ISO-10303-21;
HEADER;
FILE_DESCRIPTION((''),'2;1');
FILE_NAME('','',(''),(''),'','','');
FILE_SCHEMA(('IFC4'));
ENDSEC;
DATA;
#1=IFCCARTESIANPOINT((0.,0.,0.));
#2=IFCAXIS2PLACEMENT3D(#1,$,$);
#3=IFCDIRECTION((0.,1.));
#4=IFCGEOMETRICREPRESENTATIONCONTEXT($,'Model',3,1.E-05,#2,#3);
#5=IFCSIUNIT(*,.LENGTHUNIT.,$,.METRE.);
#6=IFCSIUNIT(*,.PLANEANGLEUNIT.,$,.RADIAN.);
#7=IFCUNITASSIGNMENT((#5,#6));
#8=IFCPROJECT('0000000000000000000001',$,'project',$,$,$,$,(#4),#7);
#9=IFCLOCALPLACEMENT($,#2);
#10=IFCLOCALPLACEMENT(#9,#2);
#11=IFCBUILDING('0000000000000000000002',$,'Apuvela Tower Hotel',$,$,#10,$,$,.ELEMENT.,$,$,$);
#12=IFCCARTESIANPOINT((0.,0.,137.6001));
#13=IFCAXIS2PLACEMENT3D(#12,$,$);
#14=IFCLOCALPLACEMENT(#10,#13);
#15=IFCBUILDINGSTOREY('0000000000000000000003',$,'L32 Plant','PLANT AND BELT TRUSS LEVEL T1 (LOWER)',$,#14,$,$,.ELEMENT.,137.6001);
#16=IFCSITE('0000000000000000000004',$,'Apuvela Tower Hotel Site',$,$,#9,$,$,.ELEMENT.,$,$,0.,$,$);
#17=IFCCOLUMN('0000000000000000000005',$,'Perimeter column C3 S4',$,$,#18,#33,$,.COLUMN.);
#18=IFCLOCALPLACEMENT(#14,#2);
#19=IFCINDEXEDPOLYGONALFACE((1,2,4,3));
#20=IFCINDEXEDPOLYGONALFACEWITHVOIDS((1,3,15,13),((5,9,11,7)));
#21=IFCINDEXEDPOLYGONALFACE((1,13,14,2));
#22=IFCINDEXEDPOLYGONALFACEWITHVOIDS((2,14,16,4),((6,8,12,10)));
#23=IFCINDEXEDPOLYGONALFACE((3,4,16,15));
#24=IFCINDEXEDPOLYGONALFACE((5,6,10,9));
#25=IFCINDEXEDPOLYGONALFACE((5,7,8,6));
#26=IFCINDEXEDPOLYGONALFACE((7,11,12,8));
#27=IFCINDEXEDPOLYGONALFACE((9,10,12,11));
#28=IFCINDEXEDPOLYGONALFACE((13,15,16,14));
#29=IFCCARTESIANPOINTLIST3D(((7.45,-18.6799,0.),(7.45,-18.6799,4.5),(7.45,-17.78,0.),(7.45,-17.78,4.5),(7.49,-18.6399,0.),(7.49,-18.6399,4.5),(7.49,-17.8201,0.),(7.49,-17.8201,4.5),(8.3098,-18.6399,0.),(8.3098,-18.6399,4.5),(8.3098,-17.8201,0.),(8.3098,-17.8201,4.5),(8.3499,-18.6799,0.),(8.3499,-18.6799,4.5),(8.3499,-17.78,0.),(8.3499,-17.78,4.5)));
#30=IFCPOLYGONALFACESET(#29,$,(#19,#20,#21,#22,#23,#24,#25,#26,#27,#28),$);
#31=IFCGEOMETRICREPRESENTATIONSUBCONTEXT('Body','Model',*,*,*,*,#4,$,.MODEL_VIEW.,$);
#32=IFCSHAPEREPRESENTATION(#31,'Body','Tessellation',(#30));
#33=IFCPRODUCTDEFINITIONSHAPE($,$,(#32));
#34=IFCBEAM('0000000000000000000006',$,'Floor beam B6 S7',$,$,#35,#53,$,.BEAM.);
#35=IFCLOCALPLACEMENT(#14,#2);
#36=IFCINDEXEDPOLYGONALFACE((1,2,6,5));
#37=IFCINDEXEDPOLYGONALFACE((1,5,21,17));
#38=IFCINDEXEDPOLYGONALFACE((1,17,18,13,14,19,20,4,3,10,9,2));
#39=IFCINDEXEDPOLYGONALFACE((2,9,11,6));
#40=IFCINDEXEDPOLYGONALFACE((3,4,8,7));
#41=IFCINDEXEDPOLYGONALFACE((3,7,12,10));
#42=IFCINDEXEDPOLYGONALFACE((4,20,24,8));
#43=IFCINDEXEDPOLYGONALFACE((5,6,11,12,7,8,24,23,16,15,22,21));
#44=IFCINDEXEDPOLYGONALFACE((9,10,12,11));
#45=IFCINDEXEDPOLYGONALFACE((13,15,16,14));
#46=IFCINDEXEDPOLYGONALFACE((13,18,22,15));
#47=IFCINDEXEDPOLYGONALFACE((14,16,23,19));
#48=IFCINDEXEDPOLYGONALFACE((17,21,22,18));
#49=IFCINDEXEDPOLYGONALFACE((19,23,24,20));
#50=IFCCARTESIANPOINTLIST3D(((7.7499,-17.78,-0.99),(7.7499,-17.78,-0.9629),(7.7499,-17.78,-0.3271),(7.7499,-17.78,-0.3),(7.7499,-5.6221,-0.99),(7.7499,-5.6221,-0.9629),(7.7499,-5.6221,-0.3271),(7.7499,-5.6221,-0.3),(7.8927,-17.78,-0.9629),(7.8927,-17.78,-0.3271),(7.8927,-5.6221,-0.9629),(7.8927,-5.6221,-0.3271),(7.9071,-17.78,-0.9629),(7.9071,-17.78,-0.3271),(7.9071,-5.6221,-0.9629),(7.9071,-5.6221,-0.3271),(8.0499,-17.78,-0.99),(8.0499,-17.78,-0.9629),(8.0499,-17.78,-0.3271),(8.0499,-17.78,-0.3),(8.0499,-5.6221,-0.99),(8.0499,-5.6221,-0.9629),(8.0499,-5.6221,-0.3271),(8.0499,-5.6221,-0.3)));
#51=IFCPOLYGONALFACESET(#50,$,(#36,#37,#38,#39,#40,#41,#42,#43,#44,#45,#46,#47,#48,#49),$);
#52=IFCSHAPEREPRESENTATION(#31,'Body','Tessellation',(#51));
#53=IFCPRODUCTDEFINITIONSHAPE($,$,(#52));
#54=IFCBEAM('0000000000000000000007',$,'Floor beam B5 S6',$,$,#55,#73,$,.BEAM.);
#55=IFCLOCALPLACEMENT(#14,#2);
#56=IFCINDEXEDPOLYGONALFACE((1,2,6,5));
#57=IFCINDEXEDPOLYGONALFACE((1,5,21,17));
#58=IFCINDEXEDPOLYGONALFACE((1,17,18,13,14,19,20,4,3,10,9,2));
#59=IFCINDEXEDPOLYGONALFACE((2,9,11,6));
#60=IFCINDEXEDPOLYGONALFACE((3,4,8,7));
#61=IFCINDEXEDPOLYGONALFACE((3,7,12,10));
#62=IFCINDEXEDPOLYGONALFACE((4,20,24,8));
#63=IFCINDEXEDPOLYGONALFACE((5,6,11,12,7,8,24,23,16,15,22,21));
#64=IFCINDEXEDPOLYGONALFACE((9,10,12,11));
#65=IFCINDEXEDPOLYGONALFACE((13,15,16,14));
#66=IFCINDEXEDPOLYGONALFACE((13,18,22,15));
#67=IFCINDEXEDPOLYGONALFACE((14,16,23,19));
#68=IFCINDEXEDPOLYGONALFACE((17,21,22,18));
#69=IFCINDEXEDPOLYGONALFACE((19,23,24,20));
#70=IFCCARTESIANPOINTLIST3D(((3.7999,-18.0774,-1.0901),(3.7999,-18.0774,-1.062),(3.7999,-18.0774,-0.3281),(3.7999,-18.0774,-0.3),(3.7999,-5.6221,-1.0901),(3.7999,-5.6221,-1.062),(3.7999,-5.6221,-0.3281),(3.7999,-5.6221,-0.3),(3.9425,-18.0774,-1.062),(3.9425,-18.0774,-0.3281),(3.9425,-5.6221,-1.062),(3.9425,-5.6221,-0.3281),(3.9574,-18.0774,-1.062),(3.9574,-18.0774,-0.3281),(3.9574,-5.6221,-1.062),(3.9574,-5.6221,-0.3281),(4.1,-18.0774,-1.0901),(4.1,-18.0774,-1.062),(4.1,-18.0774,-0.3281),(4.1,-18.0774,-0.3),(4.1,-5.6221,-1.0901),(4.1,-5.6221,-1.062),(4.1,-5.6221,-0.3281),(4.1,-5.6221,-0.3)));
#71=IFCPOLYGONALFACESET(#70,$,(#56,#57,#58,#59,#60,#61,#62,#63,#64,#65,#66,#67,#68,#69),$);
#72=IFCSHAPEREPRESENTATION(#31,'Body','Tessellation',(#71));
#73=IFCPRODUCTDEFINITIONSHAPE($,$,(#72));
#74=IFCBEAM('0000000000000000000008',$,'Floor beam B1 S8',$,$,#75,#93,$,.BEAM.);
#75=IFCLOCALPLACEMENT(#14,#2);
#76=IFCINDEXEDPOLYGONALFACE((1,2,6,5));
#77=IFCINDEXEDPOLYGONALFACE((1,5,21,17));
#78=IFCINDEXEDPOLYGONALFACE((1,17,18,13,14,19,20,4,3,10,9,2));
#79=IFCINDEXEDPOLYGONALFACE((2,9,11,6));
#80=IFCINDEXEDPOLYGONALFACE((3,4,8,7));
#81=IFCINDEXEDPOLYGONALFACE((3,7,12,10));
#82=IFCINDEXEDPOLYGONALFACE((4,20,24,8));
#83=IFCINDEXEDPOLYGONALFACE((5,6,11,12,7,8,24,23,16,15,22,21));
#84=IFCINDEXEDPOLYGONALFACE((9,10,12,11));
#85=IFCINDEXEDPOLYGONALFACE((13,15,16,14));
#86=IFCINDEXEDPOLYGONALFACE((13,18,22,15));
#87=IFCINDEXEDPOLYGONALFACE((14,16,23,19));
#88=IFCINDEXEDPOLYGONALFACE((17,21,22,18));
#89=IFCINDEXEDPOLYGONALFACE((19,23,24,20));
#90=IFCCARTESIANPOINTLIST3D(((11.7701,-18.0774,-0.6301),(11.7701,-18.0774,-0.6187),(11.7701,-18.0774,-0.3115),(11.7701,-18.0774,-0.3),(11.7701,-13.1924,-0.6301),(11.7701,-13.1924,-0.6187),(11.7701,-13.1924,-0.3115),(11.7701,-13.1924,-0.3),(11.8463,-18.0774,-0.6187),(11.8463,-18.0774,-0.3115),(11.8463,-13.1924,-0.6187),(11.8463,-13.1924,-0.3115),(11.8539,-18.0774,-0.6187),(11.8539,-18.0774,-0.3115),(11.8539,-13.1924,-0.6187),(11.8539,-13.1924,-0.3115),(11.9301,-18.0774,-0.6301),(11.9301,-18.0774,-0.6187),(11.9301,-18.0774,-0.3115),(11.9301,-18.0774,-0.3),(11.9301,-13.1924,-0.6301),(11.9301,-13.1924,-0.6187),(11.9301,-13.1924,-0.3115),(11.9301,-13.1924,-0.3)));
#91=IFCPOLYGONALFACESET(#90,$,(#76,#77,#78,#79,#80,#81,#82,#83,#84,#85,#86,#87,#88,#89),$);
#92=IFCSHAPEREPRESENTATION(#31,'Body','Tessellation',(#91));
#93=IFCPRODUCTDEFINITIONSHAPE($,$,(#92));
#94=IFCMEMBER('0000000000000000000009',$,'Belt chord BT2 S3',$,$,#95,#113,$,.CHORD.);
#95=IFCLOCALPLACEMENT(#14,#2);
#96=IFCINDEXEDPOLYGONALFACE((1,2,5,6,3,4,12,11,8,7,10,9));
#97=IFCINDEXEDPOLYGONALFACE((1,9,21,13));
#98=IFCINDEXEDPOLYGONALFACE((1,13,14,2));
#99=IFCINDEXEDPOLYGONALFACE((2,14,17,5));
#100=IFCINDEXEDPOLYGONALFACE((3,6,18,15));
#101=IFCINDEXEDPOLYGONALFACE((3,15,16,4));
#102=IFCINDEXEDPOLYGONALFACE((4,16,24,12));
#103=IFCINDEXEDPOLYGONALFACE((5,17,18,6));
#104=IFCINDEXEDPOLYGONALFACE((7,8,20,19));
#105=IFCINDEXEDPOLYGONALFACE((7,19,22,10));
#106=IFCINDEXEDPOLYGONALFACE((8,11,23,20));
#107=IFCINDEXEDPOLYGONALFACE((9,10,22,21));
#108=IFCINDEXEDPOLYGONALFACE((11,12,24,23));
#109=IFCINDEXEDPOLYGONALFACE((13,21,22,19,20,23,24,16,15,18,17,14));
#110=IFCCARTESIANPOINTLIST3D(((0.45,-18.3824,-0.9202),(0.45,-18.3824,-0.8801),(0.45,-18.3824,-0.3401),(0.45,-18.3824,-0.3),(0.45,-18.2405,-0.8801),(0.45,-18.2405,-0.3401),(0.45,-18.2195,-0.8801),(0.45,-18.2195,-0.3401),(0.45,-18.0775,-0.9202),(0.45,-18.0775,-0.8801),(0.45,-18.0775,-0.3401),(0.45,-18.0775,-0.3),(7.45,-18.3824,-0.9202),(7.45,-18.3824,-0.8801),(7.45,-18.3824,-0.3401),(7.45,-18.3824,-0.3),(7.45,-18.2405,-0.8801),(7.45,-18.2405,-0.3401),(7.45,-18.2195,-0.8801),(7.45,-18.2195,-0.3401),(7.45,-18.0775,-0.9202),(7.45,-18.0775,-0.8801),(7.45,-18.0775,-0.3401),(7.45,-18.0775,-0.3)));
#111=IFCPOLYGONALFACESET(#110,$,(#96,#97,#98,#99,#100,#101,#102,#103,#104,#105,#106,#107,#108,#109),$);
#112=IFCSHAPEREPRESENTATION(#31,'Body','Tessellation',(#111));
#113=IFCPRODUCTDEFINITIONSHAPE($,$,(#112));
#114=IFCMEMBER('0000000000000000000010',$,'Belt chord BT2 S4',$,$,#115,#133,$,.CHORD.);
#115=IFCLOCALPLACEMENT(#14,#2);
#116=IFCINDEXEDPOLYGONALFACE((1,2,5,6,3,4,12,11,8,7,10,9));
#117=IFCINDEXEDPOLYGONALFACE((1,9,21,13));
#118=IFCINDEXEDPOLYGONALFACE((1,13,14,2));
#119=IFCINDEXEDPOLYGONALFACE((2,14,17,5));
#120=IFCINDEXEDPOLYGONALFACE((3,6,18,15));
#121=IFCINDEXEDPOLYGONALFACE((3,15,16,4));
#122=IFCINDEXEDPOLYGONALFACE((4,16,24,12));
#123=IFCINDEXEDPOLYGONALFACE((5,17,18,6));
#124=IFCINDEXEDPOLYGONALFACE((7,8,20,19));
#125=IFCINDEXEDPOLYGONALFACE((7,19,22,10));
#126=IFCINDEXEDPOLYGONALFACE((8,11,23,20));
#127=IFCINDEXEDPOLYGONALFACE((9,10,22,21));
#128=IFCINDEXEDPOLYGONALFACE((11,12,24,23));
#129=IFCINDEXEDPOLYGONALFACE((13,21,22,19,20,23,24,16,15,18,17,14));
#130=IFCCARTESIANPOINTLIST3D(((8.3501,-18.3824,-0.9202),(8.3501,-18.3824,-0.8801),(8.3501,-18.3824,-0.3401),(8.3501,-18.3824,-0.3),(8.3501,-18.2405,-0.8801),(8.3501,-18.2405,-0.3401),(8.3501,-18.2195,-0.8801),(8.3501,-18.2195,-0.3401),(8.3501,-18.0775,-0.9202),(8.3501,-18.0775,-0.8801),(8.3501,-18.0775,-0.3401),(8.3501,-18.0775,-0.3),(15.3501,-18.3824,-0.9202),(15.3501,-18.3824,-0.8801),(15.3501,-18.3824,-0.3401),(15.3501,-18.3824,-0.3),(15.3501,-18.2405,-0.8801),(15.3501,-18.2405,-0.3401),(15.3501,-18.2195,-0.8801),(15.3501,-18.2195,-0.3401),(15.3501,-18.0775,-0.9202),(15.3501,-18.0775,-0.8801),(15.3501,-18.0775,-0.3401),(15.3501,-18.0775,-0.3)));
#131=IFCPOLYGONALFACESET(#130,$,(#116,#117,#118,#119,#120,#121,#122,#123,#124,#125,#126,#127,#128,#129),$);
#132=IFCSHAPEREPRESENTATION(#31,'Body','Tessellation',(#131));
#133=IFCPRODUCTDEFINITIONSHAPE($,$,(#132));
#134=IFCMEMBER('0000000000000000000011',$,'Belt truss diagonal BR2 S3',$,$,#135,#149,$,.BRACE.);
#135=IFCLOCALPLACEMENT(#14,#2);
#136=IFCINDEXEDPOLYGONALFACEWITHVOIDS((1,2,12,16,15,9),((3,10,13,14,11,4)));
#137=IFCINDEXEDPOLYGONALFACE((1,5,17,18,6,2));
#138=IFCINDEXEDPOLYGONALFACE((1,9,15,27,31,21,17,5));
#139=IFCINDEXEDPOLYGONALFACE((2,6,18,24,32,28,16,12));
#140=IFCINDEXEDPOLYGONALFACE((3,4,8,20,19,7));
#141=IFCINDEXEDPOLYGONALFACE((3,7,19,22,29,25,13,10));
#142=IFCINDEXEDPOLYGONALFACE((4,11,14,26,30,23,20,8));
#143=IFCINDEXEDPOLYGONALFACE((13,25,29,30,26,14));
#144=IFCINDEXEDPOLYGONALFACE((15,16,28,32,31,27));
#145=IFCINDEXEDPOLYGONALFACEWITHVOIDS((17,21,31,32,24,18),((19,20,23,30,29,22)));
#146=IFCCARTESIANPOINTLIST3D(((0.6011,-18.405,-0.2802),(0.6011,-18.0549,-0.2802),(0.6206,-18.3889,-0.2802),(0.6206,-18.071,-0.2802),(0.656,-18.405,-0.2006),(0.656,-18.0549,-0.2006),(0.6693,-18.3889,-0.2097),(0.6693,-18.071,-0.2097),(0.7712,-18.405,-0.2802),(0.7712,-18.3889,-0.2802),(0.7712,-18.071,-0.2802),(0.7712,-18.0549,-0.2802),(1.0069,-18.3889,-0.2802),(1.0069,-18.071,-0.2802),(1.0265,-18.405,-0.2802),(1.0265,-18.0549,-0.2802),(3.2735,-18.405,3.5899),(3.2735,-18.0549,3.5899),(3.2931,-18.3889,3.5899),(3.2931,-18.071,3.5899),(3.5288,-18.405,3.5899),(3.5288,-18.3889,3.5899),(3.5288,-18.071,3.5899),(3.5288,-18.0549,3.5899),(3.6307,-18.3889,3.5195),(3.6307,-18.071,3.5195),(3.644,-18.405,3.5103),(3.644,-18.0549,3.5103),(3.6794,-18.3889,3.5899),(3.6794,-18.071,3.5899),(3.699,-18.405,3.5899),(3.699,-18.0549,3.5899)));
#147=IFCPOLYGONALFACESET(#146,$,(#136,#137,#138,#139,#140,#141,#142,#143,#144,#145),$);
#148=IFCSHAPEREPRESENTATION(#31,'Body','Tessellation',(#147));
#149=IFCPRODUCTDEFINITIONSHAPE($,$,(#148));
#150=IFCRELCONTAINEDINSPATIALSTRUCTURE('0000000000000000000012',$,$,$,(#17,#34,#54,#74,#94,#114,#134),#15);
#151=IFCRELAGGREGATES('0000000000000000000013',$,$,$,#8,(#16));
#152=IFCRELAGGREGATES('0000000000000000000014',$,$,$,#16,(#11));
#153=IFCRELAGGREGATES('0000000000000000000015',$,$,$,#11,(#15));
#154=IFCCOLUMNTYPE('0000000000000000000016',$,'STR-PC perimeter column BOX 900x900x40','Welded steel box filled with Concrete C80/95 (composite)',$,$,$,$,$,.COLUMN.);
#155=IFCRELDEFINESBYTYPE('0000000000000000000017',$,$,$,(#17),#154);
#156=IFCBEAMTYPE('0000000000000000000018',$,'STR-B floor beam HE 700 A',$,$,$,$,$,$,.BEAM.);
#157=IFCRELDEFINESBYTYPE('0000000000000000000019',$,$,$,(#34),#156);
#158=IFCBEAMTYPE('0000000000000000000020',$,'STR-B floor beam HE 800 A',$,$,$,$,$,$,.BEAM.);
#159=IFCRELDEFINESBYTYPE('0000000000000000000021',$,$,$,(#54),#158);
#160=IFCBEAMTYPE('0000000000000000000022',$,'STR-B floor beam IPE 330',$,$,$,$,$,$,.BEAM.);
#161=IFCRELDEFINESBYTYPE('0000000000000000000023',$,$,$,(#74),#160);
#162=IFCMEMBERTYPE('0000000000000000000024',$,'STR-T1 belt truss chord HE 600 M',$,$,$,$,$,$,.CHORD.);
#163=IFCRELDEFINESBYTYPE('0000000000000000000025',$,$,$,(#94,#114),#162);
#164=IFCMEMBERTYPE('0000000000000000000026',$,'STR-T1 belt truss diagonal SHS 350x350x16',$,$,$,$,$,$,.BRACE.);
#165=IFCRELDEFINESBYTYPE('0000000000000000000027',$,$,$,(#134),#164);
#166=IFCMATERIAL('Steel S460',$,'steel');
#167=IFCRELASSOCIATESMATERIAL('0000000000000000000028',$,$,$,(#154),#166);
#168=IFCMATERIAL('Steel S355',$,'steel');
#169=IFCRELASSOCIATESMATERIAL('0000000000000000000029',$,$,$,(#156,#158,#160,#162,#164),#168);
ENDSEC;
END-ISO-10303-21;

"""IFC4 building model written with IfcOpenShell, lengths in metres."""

from ifc_helpers import new_model, si_unit, direction, frame, origin, origin_2d, place, context, subcontext, project, spatial, rectangle, hollow_rectangle, i_section, extrude, boolean, halfspace, material, material_profile, profile_set, type_object, element, save


model = new_model("IFC4")

# Units and contexts
model_context = context("Model", 3, precision=1e-05, world=origin(), true_north=direction((0.0, 1.0)))
body_context = subcontext(model_context, "Body", "Model", "MODEL_VIEW")
ifc_project = project(units=[si_unit("LENGTHUNIT", "METRE"), si_unit("PLANEANGLEUNIT", "RADIAN")], contexts=[model_context])

# Site, building, storey
site_placement = place(None, origin())
site = spatial("IfcSite", under=ifc_project, at=site_placement, Name="Apuvela Tower Hotel Site", CompositionType="ELEMENT", RefElevation=0.0)
building_placement = place(site_placement, origin())
building = spatial("IfcBuilding", under=site, at=building_placement, Name="Apuvela Tower Hotel", CompositionType="ELEMENT")
storey_placement = place(building_placement, frame((0.0, 0.0, 137.6001)))
storey = spatial("IfcBuildingStorey", under=building, at=storey_placement, Name="L32 Plant", Description="PLANT AND BELT TRUSS LEVEL T1 (LOWER)", CompositionType="ELEMENT", Elevation=137.6001)

# Column
ifc_material_1 = material(Name="Steel S460", Category="steel")
ifc_material_profile_1 = material_profile(ifc_material_1, hollow_rectangle(XDim=0.8999, YDim=0.8999, WallThickness=0.04, at=origin_2d()), Name="BOX 900x900x40")
ifc_material_2 = material(Name="Concrete C80/95", Category="concrete")
ifc_material_profile_2 = material_profile(ifc_material_2, rectangle(XDim=0.8201, YDim=0.8201, at=origin_2d()), Name="Concrete C80/95 infill")
ifc_profile_set_1 = profile_set([ifc_material_profile_1, ifc_material_profile_2], Name="Steel S460")
column_type = type_object("IfcColumnType", Name="STR-PC perimeter column BOX 900x900x40", Description="Welded steel box filled with Concrete C80/95 (composite)", PredefinedType="COLUMN", material=ifc_profile_set_1)
column_placement = place(storey_placement, frame((7.8999, -18.23, 0.0), z_axis=(0.0, 0.0, 1.0), x_axis=(-1.0, 0.0, 0.0)))
element("IfcColumn", 1, at=column_placement, inside=storey, type_object=column_type, Name="Perimeter column C3 S4", PredefinedType="COLUMN", context=body_context, shape_type="SweptSolid", body=[
    extrude(hollow_rectangle(XDim=0.8999, YDim=0.8999, WallThickness=0.04, at=origin_2d()), origin(), (0.0, 0.0, 1.0), 4.5),
])

# Beams
ifc_material_3 = material(Name="Steel S355", Category="steel")
ifc_material_profile_3 = material_profile(ifc_material_3, i_section(OverallWidth=0.3, OverallDepth=0.6899, WebThickness=0.0144, FlangeThickness=0.0271, at=origin_2d()), Name="HE 700 A")
ifc_profile_set_2 = profile_set([ifc_material_profile_3], Name="Steel S355")
beam_type_1 = type_object("IfcBeamType", Name="STR-B floor beam HE 700 A", PredefinedType="BEAM", material=ifc_profile_set_2)
beam_1_placement = place(storey_placement, frame((7.8999, -17.78, -0.645), z_axis=(0.0, 1.0, 0.0), x_axis=(-1.0, 0.0, 0.0)))
element("IfcBeam", 2, at=beam_1_placement, inside=storey, type_object=beam_type_1, Name="Floor beam B6 S7", PredefinedType="BEAM", context=body_context, shape_type="SweptSolid", body=[
    extrude(i_section(OverallWidth=0.3, OverallDepth=0.6899, WebThickness=0.0144, FlangeThickness=0.0271, at=origin_2d()), origin(), (0.0, 0.0, 1.0), 12.158),
])
ifc_material_profile_4 = material_profile(ifc_material_3, i_section(OverallWidth=0.3, OverallDepth=0.79, WebThickness=0.0149, FlangeThickness=0.0281, at=origin_2d()), Name="HE 800 A")
ifc_profile_set_3 = profile_set([ifc_material_profile_4], Name="Steel S355")
beam_type_2 = type_object("IfcBeamType", Name="STR-B floor beam HE 800 A", PredefinedType="BEAM", material=ifc_profile_set_3)
beam_2_placement = place(storey_placement, frame((3.95, -18.0774, -0.6951), z_axis=(0.0, 1.0, 0.0), x_axis=(-1.0, 0.0, 0.0)))
element("IfcBeam", 3, at=beam_2_placement, inside=storey, type_object=beam_type_2, Name="Floor beam B5 S6", PredefinedType="BEAM", context=body_context, shape_type="SweptSolid", body=[
    extrude(i_section(OverallWidth=0.3, OverallDepth=0.79, WebThickness=0.0149, FlangeThickness=0.0281, at=origin_2d()), origin(), (0.0, 0.0, 1.0), 12.4553),
])
ifc_material_profile_5 = material_profile(ifc_material_3, i_section(OverallWidth=0.1599, OverallDepth=0.3301, WebThickness=0.0076, FlangeThickness=0.0115, at=origin_2d()), Name="IPE 330")
ifc_profile_set_4 = profile_set([ifc_material_profile_5], Name="Steel S355")
beam_type_3 = type_object("IfcBeamType", Name="STR-B floor beam IPE 330", PredefinedType="BEAM", material=ifc_profile_set_4)
beam_3_placement = place(storey_placement, frame((11.8501, -18.0774, -0.4651), z_axis=(0.0, 1.0, 0.0), x_axis=(-1.0, 0.0, 0.0)))
element("IfcBeam", 4, at=beam_3_placement, inside=storey, type_object=beam_type_3, Name="Floor beam B1 S8", PredefinedType="BEAM", context=body_context, shape_type="SweptSolid", body=[
    extrude(i_section(OverallWidth=0.1599, OverallDepth=0.3301, WebThickness=0.0076, FlangeThickness=0.0115, at=origin_2d()), origin(), (0.0, 0.0, 1.0), 4.885),
])

# Members
ifc_material_profile_6 = material_profile(ifc_material_3, i_section(OverallWidth=0.3049, OverallDepth=0.6201, WebThickness=0.021, FlangeThickness=0.04, at=origin_2d()), Name="HE 600 M")
ifc_profile_set_5 = profile_set([ifc_material_profile_6], Name="Steel S355")
member_type_1 = type_object("IfcMemberType", Name="STR-T1 belt truss chord HE 600 M", PredefinedType="CHORD", material=ifc_profile_set_5)
for number, where, z_axis, x_axis, name in (
    (5, (0.45, -18.23, -0.6101), (1.0, 0.0, 0.0), (0.0, 1.0, 0.0), "Belt chord BT2 S3"),
    (6, (8.3501, -18.23, -0.6101), (1.0, 0.0, 0.0), (0.0, 1.0, 0.0), "Belt chord BT2 S4"),
):
    element("IfcMember", number, at=place(storey_placement, frame(where, z_axis=z_axis, x_axis=x_axis)), inside=storey, type_object=member_type_1, Name=name, PredefinedType="CHORD", context=body_context, shape_type="SweptSolid", body=[
        extrude(i_section(OverallWidth=0.3049, OverallDepth=0.6201, WebThickness=0.021, FlangeThickness=0.04, at=origin_2d()), origin(), (0.0, 0.0, 1.0), 7.0),
    ])
ifc_material_profile_7 = material_profile(ifc_material_3, hollow_rectangle(XDim=0.3501, YDim=0.3501, WallThickness=0.0161, at=origin_2d()), Name="SHS 350x350x16")
ifc_profile_set_6 = profile_set([ifc_material_profile_7], Name="Steel S355")
member_type_2 = type_object("IfcMemberType", Name="STR-T1 belt truss diagonal SHS 350x350x16", PredefinedType="BRACE", material=ifc_profile_set_6)
member_1_placement = place(storey_placement, frame((0.8, -18.23, -0.3), z_axis=(0.568226, 0.0, 0.822872), x_axis=(-0.822872, 0.0, 0.568226)))
solid_1 = boolean("DIFFERENCE", boolean("DIFFERENCE", extrude(hollow_rectangle(XDim=0.3501, YDim=0.3501, WallThickness=0.0161, at=origin_2d()), frame((0.0, 0.0, -0.2407)), (0.0, 0.0, 1.0), 5.2332), halfspace(frame((0.0, 0.0, 0.0242), z_axis=(0.568226, 0.0, 0.822872), x_axis=(0.822872, 0.0, -0.568226)), True)), halfspace(frame((0.0, 0.0, 4.7273), z_axis=(0.568226, 0.0, 0.822872), x_axis=(0.822872, 0.0, -0.568226)), False))
element("IfcMember", 7, at=member_1_placement, inside=storey, type_object=member_type_2, Name="Belt truss diagonal BR2 S3", PredefinedType="BRACE", context=body_context, shape_type="SweptSolid", body=[
    boolean("UNION", boolean("DIFFERENCE", boolean("DIFFERENCE", extrude(hollow_rectangle(XDim=0.3501, YDim=0.3501, WallThickness=0.0161, at=origin_2d()), origin(), (0.0, 0.0, 1.0), 4.7515), halfspace(frame((0.0, 0.0, 0.0242), z_axis=(0.568226, 0.0, 0.822872), x_axis=(0.822872, 0.0, -0.568226)), True)), halfspace(frame((0.0, 0.0, 4.7273), z_axis=(0.568226, 0.0, 0.822872), x_axis=(0.822872, 0.0, -0.568226)), False)), solid_1),
])

save(model, "model.ifc")
